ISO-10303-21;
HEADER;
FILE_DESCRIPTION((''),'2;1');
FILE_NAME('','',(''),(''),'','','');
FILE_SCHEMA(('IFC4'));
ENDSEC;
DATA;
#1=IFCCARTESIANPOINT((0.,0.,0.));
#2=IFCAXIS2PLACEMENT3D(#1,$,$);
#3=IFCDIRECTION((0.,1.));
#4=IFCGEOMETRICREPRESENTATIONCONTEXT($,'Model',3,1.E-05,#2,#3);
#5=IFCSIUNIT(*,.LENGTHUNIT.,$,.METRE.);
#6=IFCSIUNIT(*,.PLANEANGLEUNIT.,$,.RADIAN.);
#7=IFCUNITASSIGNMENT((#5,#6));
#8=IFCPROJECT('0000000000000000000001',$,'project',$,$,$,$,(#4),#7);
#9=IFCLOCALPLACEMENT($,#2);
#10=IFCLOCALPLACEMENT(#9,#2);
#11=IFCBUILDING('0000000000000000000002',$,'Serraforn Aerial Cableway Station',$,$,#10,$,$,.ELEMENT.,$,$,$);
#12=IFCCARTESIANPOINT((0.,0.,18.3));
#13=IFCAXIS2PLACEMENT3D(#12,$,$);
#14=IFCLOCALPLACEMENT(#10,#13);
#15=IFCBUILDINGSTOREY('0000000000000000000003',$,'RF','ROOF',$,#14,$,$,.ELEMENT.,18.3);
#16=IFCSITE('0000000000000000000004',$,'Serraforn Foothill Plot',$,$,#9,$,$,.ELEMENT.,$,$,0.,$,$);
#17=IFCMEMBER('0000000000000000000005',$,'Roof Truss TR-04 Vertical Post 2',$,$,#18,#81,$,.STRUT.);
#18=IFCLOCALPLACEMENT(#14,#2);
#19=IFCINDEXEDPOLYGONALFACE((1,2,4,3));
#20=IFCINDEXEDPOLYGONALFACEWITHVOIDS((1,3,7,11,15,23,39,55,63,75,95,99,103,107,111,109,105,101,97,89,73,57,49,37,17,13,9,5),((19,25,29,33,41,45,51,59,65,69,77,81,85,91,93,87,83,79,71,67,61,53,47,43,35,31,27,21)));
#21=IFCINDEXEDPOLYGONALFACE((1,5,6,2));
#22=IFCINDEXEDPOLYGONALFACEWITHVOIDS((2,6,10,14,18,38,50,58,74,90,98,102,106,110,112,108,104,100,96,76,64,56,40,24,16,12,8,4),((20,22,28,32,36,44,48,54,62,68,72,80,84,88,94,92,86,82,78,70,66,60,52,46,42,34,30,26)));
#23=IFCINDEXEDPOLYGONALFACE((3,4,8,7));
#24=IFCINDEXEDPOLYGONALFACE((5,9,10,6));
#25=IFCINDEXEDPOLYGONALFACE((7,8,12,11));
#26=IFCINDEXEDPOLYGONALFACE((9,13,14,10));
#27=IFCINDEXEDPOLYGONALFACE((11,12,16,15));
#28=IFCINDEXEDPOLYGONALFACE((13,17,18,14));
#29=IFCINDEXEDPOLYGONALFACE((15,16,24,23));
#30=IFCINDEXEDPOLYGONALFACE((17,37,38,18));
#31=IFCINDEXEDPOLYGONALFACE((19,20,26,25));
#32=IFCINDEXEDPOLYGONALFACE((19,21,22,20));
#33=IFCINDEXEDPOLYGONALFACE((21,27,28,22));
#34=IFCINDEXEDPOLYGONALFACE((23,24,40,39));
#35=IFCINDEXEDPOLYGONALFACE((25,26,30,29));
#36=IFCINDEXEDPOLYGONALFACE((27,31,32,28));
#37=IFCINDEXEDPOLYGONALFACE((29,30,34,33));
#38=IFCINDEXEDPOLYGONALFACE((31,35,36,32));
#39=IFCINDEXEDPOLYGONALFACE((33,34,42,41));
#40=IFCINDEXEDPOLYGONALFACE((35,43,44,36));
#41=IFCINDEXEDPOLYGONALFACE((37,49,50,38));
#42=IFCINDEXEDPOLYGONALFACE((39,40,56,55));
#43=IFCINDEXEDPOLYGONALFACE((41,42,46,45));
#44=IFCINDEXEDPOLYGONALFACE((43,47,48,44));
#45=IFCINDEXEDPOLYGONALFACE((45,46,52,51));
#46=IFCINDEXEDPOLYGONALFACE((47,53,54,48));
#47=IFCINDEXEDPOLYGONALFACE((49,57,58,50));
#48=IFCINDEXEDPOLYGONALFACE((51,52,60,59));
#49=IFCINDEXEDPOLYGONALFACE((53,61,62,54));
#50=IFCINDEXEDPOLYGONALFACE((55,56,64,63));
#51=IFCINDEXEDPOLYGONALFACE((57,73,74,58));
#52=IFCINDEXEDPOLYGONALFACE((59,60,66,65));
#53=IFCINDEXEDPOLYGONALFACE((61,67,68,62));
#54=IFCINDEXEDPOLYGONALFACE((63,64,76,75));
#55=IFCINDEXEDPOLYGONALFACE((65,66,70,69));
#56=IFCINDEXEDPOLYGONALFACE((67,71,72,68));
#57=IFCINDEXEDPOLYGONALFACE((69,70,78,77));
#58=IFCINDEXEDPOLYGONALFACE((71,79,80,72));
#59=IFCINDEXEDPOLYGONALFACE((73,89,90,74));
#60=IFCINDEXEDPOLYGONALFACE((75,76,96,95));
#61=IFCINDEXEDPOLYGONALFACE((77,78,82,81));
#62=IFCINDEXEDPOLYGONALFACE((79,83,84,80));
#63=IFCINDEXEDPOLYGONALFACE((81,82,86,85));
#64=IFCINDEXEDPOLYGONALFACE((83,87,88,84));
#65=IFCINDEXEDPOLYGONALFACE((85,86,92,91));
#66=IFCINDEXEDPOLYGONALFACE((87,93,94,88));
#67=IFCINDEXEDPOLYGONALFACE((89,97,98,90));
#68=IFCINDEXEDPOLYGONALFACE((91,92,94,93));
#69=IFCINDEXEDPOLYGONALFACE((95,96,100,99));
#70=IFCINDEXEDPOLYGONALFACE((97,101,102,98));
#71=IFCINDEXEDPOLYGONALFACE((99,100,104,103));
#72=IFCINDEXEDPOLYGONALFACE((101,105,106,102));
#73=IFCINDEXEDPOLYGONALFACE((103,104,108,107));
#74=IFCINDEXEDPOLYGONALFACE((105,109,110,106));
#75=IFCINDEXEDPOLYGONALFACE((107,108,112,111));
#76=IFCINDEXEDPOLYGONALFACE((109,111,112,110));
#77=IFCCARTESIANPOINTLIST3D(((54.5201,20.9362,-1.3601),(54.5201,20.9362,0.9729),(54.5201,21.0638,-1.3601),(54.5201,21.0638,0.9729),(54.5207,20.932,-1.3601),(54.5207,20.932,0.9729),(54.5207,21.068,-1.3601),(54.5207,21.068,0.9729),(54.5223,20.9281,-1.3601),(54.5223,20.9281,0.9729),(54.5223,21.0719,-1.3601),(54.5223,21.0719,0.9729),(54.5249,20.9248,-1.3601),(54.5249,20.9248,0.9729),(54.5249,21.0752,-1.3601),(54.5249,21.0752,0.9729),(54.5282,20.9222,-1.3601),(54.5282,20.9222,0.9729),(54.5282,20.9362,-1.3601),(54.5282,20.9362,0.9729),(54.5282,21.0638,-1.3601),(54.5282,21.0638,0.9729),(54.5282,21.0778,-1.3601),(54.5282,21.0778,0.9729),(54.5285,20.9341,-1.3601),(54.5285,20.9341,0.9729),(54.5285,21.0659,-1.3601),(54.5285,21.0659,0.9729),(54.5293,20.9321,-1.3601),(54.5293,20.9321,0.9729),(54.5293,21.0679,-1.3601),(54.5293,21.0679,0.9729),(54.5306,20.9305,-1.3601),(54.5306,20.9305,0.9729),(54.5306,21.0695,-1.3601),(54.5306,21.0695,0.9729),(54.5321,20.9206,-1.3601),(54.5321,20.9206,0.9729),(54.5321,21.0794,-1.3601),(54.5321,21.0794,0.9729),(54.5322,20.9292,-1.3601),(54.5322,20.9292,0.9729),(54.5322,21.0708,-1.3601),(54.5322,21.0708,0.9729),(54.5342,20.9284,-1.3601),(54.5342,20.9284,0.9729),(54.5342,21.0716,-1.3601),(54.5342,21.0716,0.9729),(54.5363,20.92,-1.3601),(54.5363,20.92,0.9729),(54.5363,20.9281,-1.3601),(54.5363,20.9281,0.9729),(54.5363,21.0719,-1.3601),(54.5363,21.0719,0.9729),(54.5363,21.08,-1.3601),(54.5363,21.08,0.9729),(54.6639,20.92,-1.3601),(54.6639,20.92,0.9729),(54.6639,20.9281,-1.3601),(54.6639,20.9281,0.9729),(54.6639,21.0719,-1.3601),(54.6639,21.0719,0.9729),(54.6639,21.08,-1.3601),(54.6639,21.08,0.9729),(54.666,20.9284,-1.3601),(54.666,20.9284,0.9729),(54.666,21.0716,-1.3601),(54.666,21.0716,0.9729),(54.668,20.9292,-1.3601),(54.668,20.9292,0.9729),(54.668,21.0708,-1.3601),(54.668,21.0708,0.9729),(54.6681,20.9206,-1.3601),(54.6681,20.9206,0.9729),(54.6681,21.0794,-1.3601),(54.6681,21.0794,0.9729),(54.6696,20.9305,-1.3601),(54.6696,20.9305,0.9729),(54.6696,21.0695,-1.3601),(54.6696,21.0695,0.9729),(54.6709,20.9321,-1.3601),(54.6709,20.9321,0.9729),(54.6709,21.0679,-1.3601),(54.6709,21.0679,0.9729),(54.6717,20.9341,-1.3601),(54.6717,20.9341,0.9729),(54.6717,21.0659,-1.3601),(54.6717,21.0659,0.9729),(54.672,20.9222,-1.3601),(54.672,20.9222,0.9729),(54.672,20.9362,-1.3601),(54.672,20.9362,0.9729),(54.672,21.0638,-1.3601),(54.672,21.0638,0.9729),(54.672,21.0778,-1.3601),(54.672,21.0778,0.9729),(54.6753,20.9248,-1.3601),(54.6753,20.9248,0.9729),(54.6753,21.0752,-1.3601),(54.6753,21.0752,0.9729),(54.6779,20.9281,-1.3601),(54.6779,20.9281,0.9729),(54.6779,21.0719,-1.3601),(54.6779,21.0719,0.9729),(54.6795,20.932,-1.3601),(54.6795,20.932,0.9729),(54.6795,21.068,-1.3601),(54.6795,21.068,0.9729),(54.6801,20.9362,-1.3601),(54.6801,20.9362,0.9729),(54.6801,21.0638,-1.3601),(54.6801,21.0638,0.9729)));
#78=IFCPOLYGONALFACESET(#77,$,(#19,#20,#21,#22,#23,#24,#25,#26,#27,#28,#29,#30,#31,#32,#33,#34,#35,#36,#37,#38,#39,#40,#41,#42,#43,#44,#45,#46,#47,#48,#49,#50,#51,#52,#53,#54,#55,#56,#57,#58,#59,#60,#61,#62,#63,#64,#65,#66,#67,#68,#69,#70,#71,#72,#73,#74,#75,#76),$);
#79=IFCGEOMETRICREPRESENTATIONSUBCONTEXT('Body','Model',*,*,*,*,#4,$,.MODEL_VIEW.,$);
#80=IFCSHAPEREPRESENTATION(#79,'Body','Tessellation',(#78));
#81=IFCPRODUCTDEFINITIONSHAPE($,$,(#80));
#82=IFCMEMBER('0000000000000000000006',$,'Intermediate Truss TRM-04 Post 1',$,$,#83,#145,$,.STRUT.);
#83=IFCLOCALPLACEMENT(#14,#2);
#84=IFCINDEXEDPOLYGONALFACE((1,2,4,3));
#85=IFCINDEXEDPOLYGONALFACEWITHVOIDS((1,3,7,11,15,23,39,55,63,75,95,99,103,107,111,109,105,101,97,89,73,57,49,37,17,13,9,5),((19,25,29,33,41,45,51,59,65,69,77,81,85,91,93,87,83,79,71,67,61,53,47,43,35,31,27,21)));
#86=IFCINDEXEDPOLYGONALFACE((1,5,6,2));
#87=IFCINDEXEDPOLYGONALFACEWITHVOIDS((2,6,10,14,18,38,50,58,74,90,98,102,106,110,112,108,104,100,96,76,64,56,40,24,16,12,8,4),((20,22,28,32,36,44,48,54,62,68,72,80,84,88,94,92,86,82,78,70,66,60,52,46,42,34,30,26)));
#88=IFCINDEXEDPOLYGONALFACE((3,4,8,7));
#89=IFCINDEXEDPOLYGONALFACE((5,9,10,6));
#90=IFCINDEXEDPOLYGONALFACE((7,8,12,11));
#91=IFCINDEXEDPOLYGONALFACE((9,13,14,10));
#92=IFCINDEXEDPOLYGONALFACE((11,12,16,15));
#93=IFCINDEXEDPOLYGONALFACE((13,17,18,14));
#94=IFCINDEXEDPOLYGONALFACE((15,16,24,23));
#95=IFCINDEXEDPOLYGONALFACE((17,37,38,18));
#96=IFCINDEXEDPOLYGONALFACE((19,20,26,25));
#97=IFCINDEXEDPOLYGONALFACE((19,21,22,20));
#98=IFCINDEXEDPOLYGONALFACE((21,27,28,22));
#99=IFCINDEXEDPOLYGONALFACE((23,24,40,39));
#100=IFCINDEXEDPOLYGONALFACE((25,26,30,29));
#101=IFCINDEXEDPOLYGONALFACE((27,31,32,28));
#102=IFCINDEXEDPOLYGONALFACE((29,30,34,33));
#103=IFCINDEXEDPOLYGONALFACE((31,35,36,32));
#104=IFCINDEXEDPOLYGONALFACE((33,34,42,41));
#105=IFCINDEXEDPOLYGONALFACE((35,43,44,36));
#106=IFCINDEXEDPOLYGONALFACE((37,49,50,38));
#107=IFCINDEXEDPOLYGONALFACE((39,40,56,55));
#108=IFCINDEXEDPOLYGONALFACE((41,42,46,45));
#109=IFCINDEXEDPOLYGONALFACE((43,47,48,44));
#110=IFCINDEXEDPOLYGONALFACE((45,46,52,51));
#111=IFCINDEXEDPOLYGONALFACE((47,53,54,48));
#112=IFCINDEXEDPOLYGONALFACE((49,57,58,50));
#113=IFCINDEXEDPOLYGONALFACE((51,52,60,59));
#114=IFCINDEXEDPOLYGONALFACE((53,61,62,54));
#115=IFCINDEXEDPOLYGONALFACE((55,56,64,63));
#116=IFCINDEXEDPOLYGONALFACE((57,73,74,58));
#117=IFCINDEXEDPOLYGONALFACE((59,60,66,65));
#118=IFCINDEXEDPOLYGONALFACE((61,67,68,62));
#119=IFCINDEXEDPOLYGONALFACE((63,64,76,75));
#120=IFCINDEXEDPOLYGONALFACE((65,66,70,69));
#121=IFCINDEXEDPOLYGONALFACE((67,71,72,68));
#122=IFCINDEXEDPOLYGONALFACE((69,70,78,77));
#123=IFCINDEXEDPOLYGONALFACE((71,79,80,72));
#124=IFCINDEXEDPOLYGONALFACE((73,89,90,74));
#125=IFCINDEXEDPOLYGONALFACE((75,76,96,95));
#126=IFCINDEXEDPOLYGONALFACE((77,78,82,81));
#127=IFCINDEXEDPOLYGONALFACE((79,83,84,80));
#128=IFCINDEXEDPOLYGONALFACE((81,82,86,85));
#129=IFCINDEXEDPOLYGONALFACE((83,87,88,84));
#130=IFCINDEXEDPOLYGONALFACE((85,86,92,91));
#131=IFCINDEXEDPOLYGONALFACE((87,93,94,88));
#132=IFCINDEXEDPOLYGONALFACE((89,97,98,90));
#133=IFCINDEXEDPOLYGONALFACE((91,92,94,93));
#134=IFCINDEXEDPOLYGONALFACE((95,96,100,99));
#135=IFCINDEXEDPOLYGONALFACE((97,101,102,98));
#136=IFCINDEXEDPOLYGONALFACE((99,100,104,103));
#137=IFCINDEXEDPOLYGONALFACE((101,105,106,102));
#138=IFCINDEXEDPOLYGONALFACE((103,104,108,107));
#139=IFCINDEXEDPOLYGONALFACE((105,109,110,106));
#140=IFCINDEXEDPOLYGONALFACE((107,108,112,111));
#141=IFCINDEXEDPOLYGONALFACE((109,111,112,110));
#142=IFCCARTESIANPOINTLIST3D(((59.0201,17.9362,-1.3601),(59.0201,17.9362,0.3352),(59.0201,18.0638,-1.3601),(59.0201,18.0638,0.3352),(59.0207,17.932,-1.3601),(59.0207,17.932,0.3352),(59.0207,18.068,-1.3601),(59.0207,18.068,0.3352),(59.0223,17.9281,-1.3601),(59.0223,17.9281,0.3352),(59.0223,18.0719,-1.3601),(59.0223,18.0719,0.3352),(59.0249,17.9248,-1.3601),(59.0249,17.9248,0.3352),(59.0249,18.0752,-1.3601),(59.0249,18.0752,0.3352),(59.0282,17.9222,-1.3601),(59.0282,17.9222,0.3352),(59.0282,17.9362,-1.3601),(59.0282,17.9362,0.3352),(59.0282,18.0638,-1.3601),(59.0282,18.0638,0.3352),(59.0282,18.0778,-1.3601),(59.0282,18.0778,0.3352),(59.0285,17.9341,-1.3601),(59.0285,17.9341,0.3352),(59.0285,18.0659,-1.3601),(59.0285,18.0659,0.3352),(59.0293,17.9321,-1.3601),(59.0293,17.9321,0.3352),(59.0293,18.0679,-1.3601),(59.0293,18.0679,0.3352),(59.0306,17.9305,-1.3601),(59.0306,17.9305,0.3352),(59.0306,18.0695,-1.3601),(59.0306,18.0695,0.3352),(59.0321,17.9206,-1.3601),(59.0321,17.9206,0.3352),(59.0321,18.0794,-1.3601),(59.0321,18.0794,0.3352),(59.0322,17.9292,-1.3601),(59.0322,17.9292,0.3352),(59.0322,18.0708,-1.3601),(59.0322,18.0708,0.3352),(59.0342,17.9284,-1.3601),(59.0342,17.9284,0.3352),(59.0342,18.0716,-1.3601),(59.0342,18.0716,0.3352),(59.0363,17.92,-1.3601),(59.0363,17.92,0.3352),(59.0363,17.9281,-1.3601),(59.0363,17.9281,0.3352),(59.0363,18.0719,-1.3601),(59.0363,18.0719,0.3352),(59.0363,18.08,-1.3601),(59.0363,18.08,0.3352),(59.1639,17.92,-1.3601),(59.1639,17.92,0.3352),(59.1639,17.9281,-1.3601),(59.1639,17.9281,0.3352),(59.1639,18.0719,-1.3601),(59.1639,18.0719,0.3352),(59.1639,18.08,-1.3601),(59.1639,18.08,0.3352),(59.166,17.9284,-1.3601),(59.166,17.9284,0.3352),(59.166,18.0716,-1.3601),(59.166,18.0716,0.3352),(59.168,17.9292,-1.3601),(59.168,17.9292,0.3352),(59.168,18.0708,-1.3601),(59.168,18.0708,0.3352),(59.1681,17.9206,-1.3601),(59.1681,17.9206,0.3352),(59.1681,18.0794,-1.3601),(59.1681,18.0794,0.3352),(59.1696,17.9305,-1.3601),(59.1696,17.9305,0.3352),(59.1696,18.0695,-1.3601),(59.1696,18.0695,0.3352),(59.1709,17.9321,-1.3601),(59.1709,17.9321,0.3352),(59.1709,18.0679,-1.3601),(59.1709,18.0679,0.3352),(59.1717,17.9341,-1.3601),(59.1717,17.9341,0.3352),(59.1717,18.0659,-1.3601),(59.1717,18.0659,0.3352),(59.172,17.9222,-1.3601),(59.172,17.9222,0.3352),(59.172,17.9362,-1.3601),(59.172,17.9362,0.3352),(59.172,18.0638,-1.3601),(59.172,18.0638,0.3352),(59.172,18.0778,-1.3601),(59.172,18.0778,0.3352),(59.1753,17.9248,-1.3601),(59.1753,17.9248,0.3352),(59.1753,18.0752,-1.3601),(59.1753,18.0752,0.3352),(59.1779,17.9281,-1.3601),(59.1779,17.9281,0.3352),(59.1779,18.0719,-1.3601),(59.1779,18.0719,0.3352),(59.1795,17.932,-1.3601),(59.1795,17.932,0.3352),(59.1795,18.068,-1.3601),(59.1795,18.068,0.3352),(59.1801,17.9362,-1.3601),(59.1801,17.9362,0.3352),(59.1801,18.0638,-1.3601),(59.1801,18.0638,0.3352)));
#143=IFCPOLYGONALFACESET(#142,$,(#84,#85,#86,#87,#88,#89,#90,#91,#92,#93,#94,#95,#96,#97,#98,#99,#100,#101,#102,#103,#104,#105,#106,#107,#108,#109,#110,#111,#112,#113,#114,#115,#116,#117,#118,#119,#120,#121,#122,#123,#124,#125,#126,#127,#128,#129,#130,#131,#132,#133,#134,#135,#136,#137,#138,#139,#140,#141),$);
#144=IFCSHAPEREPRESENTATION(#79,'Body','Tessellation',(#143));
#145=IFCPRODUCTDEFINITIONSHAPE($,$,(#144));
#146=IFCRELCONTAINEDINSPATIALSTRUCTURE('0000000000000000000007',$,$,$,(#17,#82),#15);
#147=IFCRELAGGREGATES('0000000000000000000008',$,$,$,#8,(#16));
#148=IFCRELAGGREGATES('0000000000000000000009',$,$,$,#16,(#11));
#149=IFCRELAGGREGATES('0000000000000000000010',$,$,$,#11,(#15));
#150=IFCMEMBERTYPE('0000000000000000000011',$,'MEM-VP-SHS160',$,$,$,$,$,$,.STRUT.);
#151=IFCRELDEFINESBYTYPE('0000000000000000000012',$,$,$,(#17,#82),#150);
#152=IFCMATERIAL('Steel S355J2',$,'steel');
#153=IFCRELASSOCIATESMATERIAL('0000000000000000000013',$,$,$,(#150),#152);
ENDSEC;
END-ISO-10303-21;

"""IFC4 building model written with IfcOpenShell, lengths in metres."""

from ifc_helpers import new_model, si_unit, direction, frame, origin, origin_2d, place, context, subcontext, project, spatial, hollow_rectangle, extrude, material, material_profile, profile_set, type_object, element, save


model = new_model("IFC4")

# Units and contexts
model_context = context("Model", 3, precision=1e-05, world=origin(), true_north=direction((0.0, 1.0)))
body_context = subcontext(model_context, "Body", "Model", "MODEL_VIEW")
ifc_project = project(units=[si_unit("LENGTHUNIT", "METRE"), si_unit("PLANEANGLEUNIT", "RADIAN")], contexts=[model_context])

# Site, building, storey
site_placement = place(None, origin())
site = spatial("IfcSite", under=ifc_project, at=site_placement, Name="Serraforn Foothill Plot", CompositionType="ELEMENT", RefElevation=0.0)
building_placement = place(site_placement, origin())
building = spatial("IfcBuilding", under=site, at=building_placement, Name="Serraforn Aerial Cableway Station", CompositionType="ELEMENT")
storey_placement = place(building_placement, frame((0.0, 0.0, 18.3)))
storey = spatial("IfcBuildingStorey", under=building, at=storey_placement, Name="RF", Description="ROOF", CompositionType="ELEMENT", Elevation=18.3)

# Shared definitions
ifc_material_1 = material(Name="Steel S355J2", Category="steel")

# Members
ifc_material_profile_1 = material_profile(ifc_material_1, hollow_rectangle(XDim=0.1599, YDim=0.1599, WallThickness=0.0081, InnerFilletRadius=0.0081, OuterFilletRadius=0.0161, at=origin_2d()), Name="SHS 160x160x8.0")
ifc_profile_set_1 = profile_set([ifc_material_profile_1], Name="Steel S355J2")
member_type_1 = type_object("IfcMemberType", Name="MEM-VP-SHS160", PredefinedType="STRUT", material=ifc_profile_set_1)
member_1_placement = place(storey_placement, frame((54.6001, 21.0, -1.3601), z_axis=(0.0, 0.0, 1.0), x_axis=(1.0, 0.0, 0.0)))
element("IfcMember", 1, at=member_1_placement, inside=storey, type_object=member_type_1, Name="Roof Truss TR-04 Vertical Post 2", PredefinedType="STRUT", context=body_context, shape_type="SweptSolid", body=[
    extrude(hollow_rectangle(XDim=0.1599, YDim=0.1599, WallThickness=0.0081, InnerFilletRadius=0.0081, OuterFilletRadius=0.0161, at=origin_2d()), origin(), (0.0, 0.0, 1.0), 2.333),
])
member_2_placement = place(storey_placement, frame((59.1001, 18.0, -1.3601), z_axis=(0.0, 0.0, 1.0), x_axis=(1.0, 0.0, 0.0)))
element("IfcMember", 2, at=member_2_placement, inside=storey, type_object=member_type_1, Name="Intermediate Truss TRM-04 Post 1", PredefinedType="STRUT", context=body_context, shape_type="SweptSolid", body=[
    extrude(hollow_rectangle(XDim=0.1599, YDim=0.1599, WallThickness=0.0081, InnerFilletRadius=0.0081, OuterFilletRadius=0.0161, at=origin_2d()), origin(), (0.0, 0.0, 1.0), 1.6953),
])

save(model, "model.ifc")
